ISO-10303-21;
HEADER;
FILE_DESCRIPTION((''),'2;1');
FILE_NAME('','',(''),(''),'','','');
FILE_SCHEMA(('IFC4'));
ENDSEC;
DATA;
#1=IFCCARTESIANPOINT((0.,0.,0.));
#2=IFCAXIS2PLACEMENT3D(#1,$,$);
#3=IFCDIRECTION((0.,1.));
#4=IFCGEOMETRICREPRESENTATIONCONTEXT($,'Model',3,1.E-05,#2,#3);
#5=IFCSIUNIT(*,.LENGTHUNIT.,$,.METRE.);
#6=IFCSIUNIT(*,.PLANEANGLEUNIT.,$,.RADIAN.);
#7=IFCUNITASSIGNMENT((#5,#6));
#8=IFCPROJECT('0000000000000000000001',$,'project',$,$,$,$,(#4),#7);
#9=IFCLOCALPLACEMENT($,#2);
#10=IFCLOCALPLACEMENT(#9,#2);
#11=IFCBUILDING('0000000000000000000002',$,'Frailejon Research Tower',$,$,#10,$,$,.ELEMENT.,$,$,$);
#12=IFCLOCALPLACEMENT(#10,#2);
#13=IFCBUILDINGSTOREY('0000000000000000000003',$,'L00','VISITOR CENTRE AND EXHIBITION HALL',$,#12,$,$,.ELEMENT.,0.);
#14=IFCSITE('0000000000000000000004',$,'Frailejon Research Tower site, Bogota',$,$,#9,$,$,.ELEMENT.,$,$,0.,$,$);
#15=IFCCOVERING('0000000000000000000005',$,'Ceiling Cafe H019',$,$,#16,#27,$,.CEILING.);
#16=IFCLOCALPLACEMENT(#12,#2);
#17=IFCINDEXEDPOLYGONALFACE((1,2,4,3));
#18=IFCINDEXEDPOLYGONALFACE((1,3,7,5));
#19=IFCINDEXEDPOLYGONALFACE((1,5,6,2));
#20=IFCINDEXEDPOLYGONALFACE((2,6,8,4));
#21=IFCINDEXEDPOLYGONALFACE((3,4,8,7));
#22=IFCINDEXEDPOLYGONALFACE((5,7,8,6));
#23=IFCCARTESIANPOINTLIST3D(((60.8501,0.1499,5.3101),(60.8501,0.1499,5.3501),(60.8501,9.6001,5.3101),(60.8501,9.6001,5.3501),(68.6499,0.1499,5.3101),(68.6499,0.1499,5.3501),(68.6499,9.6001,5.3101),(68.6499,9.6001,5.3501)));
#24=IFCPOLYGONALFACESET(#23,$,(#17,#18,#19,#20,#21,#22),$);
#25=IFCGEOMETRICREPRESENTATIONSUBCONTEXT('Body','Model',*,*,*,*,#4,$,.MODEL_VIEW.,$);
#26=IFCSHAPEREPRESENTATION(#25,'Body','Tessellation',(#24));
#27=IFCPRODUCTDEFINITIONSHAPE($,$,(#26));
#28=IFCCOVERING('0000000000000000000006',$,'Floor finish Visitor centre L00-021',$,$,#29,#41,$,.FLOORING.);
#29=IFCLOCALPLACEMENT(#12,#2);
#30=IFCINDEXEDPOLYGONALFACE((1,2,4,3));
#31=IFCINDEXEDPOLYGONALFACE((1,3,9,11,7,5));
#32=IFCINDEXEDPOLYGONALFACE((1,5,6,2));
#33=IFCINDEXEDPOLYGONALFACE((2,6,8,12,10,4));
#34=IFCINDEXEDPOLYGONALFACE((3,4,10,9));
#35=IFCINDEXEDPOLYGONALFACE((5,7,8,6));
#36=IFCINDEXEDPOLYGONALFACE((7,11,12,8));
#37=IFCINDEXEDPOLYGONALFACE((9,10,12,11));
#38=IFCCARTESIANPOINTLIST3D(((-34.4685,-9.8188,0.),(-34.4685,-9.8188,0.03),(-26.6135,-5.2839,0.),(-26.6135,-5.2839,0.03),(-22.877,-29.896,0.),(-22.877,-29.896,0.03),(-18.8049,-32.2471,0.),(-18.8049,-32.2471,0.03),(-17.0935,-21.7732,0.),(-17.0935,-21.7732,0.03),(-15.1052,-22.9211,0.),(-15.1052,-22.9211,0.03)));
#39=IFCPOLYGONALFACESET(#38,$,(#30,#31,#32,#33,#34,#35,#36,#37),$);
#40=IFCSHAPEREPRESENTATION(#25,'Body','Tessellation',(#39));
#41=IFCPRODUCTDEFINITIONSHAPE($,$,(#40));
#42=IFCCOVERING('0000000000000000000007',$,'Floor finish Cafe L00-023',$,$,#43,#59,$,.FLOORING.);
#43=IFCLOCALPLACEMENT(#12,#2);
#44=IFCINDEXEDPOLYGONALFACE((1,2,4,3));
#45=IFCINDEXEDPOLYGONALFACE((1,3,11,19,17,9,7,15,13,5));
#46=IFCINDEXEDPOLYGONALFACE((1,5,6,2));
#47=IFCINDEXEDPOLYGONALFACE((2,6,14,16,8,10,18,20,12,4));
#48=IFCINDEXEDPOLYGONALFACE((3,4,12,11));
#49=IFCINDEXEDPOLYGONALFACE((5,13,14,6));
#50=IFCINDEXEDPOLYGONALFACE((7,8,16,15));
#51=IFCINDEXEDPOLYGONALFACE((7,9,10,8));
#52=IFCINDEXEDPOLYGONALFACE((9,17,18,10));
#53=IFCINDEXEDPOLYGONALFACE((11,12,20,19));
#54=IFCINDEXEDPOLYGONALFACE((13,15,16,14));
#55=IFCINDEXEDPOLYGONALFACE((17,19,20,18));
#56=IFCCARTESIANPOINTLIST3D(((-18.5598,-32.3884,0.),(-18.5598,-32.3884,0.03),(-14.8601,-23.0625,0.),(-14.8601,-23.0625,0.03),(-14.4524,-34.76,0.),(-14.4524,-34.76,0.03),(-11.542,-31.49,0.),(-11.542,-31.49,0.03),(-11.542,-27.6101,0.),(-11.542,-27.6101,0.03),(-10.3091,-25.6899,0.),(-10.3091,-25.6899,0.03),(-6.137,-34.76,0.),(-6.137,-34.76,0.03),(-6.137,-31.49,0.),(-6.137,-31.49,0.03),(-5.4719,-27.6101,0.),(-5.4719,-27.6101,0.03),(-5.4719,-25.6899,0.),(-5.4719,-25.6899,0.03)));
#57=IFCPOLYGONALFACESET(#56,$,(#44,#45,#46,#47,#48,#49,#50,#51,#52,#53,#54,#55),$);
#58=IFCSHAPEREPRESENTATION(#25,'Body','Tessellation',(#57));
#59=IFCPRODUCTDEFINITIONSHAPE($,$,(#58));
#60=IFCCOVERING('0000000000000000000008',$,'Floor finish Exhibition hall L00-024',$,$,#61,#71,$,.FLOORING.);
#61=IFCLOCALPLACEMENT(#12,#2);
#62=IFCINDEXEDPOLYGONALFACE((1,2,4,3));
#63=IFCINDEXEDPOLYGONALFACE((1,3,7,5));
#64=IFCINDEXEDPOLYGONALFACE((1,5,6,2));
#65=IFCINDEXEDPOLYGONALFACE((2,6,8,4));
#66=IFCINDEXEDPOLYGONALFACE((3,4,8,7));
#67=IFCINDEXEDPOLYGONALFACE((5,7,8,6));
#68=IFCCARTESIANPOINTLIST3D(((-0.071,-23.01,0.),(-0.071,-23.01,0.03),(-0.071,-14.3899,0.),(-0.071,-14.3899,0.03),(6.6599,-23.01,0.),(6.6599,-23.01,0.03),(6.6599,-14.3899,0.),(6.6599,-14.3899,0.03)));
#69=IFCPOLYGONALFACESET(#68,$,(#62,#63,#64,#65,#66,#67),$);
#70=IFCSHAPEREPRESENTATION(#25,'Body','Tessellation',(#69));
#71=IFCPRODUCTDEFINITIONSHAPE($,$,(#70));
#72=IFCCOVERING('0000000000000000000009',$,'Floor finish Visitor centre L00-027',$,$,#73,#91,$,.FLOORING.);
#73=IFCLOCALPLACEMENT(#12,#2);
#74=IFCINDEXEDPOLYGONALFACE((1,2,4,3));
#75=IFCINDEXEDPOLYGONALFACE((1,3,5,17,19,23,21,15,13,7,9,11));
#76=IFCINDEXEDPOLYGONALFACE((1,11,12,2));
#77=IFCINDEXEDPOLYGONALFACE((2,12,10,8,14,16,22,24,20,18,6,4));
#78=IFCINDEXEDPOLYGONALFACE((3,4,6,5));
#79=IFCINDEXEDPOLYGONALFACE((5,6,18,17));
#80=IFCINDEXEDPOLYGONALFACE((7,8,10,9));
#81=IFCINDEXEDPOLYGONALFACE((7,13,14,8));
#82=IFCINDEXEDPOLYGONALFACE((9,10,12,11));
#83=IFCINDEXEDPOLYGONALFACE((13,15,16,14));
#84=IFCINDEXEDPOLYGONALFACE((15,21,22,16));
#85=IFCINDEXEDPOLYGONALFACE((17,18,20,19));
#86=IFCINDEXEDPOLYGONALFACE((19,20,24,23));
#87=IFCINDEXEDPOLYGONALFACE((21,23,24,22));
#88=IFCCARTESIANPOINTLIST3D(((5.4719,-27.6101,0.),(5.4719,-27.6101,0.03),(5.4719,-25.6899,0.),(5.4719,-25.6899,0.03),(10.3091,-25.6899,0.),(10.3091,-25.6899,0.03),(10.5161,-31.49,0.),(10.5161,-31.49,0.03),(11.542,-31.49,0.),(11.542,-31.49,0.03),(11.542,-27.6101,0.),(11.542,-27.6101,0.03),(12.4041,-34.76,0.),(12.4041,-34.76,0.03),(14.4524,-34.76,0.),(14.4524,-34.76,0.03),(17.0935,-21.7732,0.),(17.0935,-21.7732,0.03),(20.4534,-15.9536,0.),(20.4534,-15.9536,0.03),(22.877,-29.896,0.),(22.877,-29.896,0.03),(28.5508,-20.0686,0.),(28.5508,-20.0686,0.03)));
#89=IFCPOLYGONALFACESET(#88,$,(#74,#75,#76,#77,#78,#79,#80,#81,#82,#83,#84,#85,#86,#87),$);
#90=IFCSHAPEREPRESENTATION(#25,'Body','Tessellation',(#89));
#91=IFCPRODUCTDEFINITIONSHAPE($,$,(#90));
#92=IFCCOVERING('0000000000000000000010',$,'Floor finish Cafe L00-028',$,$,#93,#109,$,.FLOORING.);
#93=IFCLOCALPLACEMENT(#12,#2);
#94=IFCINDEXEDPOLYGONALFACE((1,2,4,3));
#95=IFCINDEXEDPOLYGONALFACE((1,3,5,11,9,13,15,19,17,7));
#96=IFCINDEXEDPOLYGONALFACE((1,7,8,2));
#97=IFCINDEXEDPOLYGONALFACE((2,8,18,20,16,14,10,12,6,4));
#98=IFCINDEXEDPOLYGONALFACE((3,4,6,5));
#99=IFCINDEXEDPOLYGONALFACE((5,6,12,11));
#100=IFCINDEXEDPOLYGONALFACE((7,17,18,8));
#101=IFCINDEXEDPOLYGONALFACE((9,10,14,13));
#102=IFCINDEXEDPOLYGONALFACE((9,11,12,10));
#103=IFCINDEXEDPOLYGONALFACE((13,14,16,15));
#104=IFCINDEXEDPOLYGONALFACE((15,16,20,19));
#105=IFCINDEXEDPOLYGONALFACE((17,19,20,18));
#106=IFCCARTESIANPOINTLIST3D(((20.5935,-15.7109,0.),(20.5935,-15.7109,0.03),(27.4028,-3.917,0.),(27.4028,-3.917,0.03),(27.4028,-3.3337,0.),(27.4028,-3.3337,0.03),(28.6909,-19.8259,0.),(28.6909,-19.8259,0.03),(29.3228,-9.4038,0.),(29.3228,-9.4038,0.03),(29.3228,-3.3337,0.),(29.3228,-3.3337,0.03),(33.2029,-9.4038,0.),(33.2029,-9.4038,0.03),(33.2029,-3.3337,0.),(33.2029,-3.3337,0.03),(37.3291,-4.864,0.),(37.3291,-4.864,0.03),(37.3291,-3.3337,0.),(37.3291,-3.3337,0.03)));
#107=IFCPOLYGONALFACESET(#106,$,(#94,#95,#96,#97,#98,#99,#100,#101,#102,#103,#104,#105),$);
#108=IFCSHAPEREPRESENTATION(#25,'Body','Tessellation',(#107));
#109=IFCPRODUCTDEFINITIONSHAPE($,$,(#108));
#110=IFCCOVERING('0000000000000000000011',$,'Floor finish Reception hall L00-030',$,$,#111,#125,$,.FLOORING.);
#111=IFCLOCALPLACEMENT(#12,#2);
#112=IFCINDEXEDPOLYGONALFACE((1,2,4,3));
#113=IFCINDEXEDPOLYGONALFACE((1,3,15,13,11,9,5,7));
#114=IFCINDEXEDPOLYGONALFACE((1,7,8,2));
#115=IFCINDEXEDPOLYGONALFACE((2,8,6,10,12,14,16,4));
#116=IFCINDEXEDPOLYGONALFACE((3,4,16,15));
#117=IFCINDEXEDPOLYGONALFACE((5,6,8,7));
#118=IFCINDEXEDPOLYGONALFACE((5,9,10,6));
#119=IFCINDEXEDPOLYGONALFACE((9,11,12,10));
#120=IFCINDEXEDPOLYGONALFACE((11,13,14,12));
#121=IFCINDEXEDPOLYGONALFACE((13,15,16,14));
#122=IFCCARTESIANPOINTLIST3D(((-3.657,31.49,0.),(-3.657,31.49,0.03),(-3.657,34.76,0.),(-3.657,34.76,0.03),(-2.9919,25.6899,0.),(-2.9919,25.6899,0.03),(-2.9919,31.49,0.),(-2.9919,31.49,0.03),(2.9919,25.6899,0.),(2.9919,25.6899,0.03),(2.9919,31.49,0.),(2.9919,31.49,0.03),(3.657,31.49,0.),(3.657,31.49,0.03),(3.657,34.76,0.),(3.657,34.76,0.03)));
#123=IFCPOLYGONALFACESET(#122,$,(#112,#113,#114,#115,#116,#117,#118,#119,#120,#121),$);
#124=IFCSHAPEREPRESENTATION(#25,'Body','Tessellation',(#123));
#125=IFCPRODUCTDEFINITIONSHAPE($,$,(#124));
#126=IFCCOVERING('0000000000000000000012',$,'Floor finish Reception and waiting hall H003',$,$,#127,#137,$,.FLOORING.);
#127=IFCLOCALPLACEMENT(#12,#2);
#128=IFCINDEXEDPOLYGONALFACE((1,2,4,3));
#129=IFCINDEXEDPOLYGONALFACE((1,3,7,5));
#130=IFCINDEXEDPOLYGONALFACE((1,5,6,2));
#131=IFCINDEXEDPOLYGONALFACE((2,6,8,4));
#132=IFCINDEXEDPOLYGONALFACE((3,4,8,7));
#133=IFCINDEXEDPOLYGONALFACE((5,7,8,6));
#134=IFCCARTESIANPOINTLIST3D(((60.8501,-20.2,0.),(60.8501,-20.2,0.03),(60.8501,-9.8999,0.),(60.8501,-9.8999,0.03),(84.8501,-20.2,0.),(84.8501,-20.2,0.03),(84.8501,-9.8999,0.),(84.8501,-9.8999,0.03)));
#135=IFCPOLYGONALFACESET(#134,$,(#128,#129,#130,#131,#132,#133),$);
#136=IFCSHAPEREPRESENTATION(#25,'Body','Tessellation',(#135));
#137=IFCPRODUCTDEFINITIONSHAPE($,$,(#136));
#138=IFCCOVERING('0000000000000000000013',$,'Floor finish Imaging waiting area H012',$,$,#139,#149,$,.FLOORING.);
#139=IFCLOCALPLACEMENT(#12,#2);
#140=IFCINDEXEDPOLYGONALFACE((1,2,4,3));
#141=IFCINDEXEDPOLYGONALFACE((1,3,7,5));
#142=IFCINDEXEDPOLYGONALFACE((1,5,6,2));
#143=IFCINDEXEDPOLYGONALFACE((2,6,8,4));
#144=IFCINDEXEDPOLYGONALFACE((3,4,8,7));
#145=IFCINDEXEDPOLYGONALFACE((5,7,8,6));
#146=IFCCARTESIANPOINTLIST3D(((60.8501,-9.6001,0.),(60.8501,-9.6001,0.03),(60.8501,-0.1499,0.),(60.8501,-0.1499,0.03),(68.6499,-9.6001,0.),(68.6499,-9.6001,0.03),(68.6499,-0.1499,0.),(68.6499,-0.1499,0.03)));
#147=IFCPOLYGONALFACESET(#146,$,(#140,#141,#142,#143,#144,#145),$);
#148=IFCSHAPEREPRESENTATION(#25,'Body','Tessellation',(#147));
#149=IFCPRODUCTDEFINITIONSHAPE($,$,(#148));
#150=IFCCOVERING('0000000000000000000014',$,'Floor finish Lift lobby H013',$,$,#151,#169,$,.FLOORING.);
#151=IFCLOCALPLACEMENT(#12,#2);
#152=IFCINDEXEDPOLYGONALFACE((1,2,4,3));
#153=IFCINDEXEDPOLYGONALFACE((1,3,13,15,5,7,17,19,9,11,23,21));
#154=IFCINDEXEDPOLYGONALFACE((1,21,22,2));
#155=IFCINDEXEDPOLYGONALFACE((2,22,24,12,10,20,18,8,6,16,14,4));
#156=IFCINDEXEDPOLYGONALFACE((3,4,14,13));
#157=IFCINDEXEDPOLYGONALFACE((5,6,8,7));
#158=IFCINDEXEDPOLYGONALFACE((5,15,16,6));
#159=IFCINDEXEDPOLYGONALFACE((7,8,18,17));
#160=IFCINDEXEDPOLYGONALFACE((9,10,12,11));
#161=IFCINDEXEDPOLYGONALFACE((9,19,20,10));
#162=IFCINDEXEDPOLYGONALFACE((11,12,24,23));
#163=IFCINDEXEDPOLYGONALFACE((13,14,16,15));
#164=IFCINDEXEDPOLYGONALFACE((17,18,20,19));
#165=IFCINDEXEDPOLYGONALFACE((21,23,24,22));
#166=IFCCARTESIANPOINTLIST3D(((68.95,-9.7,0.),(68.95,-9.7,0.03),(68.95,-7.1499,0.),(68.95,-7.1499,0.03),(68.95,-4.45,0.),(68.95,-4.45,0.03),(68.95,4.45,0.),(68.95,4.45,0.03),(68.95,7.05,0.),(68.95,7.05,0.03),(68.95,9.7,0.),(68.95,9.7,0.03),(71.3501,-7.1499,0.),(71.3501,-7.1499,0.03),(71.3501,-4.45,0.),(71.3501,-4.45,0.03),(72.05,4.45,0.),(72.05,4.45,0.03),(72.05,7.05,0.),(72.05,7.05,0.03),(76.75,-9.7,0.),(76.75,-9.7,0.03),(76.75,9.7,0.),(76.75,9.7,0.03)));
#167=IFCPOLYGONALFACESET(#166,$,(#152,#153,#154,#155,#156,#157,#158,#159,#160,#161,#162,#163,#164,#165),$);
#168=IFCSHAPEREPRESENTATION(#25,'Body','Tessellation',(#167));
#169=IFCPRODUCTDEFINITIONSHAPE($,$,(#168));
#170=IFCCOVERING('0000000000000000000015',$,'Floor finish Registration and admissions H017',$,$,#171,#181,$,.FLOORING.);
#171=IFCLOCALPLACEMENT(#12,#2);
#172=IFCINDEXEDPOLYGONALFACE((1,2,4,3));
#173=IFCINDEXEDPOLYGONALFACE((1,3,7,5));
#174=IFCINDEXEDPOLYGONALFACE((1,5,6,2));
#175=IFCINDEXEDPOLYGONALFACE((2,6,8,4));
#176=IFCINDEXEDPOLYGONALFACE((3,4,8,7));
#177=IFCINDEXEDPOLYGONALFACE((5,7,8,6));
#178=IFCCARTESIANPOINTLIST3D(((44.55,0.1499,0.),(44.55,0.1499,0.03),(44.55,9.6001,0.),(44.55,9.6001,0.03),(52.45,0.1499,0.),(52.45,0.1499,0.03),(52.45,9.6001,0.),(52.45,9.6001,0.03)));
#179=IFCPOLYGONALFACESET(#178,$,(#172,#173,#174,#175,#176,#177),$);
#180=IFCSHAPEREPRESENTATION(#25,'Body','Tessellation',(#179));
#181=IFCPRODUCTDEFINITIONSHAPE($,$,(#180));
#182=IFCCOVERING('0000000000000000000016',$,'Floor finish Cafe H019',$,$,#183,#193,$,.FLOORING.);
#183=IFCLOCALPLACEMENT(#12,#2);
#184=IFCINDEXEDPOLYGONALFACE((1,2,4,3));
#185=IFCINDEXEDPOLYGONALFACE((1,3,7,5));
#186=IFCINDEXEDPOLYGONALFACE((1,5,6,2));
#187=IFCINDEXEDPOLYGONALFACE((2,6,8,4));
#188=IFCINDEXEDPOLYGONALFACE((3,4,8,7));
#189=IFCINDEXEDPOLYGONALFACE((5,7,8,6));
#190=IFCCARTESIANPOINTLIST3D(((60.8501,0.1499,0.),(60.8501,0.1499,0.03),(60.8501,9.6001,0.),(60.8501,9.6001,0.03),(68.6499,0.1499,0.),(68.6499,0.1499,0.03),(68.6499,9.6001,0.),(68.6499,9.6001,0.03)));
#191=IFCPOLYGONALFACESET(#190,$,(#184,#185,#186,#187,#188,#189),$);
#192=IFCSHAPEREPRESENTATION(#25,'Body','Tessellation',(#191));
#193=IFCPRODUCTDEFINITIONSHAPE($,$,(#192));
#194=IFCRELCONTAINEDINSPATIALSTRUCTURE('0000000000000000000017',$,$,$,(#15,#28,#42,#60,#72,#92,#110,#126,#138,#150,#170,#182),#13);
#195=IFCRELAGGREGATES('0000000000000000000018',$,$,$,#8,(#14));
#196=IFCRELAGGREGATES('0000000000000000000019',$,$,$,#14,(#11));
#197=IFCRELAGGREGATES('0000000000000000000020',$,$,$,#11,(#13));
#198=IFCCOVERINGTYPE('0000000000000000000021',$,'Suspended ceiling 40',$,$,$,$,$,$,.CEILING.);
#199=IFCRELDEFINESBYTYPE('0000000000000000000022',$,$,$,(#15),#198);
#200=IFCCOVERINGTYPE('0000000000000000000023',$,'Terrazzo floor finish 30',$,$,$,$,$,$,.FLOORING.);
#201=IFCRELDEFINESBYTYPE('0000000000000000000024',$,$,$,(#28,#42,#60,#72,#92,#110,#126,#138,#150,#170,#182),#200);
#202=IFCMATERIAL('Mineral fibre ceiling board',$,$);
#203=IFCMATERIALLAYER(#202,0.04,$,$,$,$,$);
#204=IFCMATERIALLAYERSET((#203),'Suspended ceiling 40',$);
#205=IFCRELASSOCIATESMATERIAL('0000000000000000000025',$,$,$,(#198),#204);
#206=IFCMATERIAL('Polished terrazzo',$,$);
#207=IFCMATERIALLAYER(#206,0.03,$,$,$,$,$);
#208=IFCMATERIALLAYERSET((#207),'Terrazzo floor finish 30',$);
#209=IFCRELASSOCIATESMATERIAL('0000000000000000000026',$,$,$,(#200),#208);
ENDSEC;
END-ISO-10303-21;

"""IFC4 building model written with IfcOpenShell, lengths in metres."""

from ifc_helpers import new_model, si_unit, direction, frame, origin, place, context, subcontext, project, spatial, polyline, outline, extrude, material, layer, layer_set, type_object, element, save


model = new_model("IFC4")

# Units and contexts
model_context = context("Model", 3, precision=1e-05, world=origin(), true_north=direction((0.0, 1.0)))
body_context = subcontext(model_context, "Body", "Model", "MODEL_VIEW")
ifc_project = project(units=[si_unit("LENGTHUNIT", "METRE"), si_unit("PLANEANGLEUNIT", "RADIAN")], contexts=[model_context])

# Site, building, storey
site_placement = place(None, origin())
site = spatial("IfcSite", under=ifc_project, at=site_placement, Name="Frailejon Research Tower site, Bogota", CompositionType="ELEMENT", RefElevation=0.0)
building_placement = place(site_placement, origin())
building = spatial("IfcBuilding", under=site, at=building_placement, Name="Frailejon Research Tower", CompositionType="ELEMENT")
storey_placement = place(building_placement, origin())
storey = spatial("IfcBuildingStorey", under=building, at=storey_placement, Name="L00", Description="VISITOR CENTRE AND EXHIBITION HALL", CompositionType="ELEMENT", Elevation=0.0)

# Coverings
ifc_material_1 = material(Name="Mineral fibre ceiling board")
ifc_layer_1 = layer(ifc_material_1, 0.04)
ifc_layer_set_1 = layer_set([ifc_layer_1], Name="Suspended ceiling 40")
covering_type_1 = type_object("IfcCoveringType", Name="Suspended ceiling 40", PredefinedType="CEILING", material=ifc_layer_set_1)
covering_1_placement = place(storey_placement, frame((0.0, 0.0, 5.3101)))
element("IfcCovering", 1, at=covering_1_placement, inside=storey, type_object=covering_type_1, Name="Ceiling Cafe H019", PredefinedType="CEILING", context=body_context, shape_type="SweptSolid", body=[
    extrude(outline(polyline([(68.6499, 9.6001), (60.8501, 9.6001), (60.8501, 0.1499), (68.6499, 0.1499), (68.6499, 9.6001)])), origin(), (0.0, 0.0, 1.0), 0.04),
])
ifc_material_2 = material(Name="Polished terrazzo")
ifc_layer_2 = layer(ifc_material_2, 0.03)
ifc_layer_set_2 = layer_set([ifc_layer_2], Name="Terrazzo floor finish 30")
covering_type_2 = type_object("IfcCoveringType", Name="Terrazzo floor finish 30", PredefinedType="FLOORING", material=ifc_layer_set_2)
covering_2_placement = place(storey_placement, origin())
element("IfcCovering", 2, at=covering_2_placement, inside=storey, type_object=covering_type_2, Name="Floor finish Visitor centre L00-021", PredefinedType="FLOORING", context=body_context, shape_type="SweptSolid", body=[
    extrude(outline(polyline([(-15.1052, -22.9211), (-17.0935, -21.7732), (-26.6135, -5.2839), (-34.4685, -9.8188), (-22.877, -29.896), (-18.8049, -32.2471), (-15.1052, -22.9211)])), origin(), (0.0, 0.0, 1.0), 0.03),
])
covering_3_placement = place(storey_placement, origin())
element("IfcCovering", 3, at=covering_3_placement, inside=storey, type_object=covering_type_2, Name="Floor finish Cafe L00-023", PredefinedType="FLOORING", context=body_context, shape_type="SweptSolid", body=[
    extrude(outline(polyline([(-10.3091, -25.6899), (-14.8601, -23.0625), (-18.5598, -32.3884), (-14.4524, -34.76), (-6.137, -34.76), (-6.137, -31.49), (-11.542, -31.49), (-11.542, -27.6101), (-5.4719, -27.6101), (-5.4719, -25.6899), (-10.3091, -25.6899)])), origin(), (0.0, 0.0, 1.0), 0.03),
])
covering_4_placement = place(storey_placement, origin())
element("IfcCovering", 4, at=covering_4_placement, inside=storey, type_object=covering_type_2, Name="Floor finish Exhibition hall L00-024", PredefinedType="FLOORING", context=body_context, shape_type="SweptSolid", body=[
    extrude(outline(polyline([(-0.071, -23.01), (6.6599, -23.01), (6.6599, -14.3899), (-0.071, -14.3899), (-0.071, -23.01)])), origin(), (0.0, 0.0, 1.0), 0.03),
])
covering_5_placement = place(storey_placement, origin())
element("IfcCovering", 5, at=covering_5_placement, inside=storey, type_object=covering_type_2, Name="Floor finish Visitor centre L00-027", PredefinedType="FLOORING", context=body_context, shape_type="SweptSolid", body=[
    extrude(outline(polyline([(11.542, -27.6101), (11.542, -31.49), (10.5161, -31.49), (12.4041, -34.76), (14.4524, -34.76), (22.877, -29.896), (28.5508, -20.0686), (20.4534, -15.9536), (17.0935, -21.7732), (10.3091, -25.6899), (5.4719, -25.6899), (5.4719, -27.6101), (11.542, -27.6101)])), origin(), (0.0, 0.0, 1.0), 0.03),
])
covering_6_placement = place(storey_placement, origin())
element("IfcCovering", 6, at=covering_6_placement, inside=storey, type_object=covering_type_2, Name="Floor finish Cafe L00-028", PredefinedType="FLOORING", context=body_context, shape_type="SweptSolid", body=[
    extrude(outline(polyline([(27.4028, -3.917), (20.5935, -15.7109), (28.6909, -19.8259), (37.3291, -4.864), (37.3291, -3.3337), (33.2029, -3.3337), (33.2029, -9.4038), (29.3228, -9.4038), (29.3228, -3.3337), (27.4028, -3.3337), (27.4028, -3.917)])), origin(), (0.0, 0.0, 1.0), 0.03),
])
covering_7_placement = place(storey_placement, origin())
element("IfcCovering", 7, at=covering_7_placement, inside=storey, type_object=covering_type_2, Name="Floor finish Reception hall L00-030", PredefinedType="FLOORING", context=body_context, shape_type="SweptSolid", body=[
    extrude(outline(polyline([(-2.9919, 25.6899), (2.9919, 25.6899), (2.9919, 31.49), (3.657, 31.49), (3.657, 34.76), (-3.657, 34.76), (-3.657, 31.49), (-2.9919, 31.49), (-2.9919, 25.6899)])), origin(), (0.0, 0.0, 1.0), 0.03),
])
covering_8_placement = place(storey_placement, origin())
element("IfcCovering", 8, at=covering_8_placement, inside=storey, type_object=covering_type_2, Name="Floor finish Reception and waiting hall H003", PredefinedType="FLOORING", context=body_context, shape_type="SweptSolid", body=[
    extrude(outline(polyline([(84.8501, -9.8999), (60.8501, -9.8999), (60.8501, -20.2), (84.8501, -20.2), (84.8501, -9.8999)])), origin(), (0.0, 0.0, 1.0), 0.03),
])
covering_9_placement = place(storey_placement, origin())
element("IfcCovering", 9, at=covering_9_placement, inside=storey, type_object=covering_type_2, Name="Floor finish Imaging waiting area H012", PredefinedType="FLOORING", context=body_context, shape_type="SweptSolid", body=[
    extrude(outline(polyline([(68.6499, -0.1499), (60.8501, -0.1499), (60.8501, -9.6001), (68.6499, -9.6001), (68.6499, -0.1499)])), origin(), (0.0, 0.0, 1.0), 0.03),
])
covering_10_placement = place(storey_placement, origin())
element("IfcCovering", 10, at=covering_10_placement, inside=storey, type_object=covering_type_2, Name="Floor finish Lift lobby H013", PredefinedType="FLOORING", context=body_context, shape_type="SweptSolid", body=[
    extrude(outline(polyline([(68.95, 7.05), (72.05, 7.05), (72.05, 4.45), (68.95, 4.45), (68.95, -4.45), (71.3501, -4.45), (71.3501, -7.1499), (68.95, -7.1499), (68.95, -9.7), (76.75, -9.7), (76.75, 9.7), (68.95, 9.7), (68.95, 7.05)])), origin(), (0.0, 0.0, 1.0), 0.03),
])
covering_11_placement = place(storey_placement, origin())
element("IfcCovering", 11, at=covering_11_placement, inside=storey, type_object=covering_type_2, Name="Floor finish Registration and admissions H017", PredefinedType="FLOORING", context=body_context, shape_type="SweptSolid", body=[
    extrude(outline(polyline([(52.45, 9.6001), (44.55, 9.6001), (44.55, 0.1499), (52.45, 0.1499), (52.45, 9.6001)])), origin(), (0.0, 0.0, 1.0), 0.03),
])
covering_12_placement = place(storey_placement, origin())
element("IfcCovering", 12, at=covering_12_placement, inside=storey, type_object=covering_type_2, Name="Floor finish Cafe H019", PredefinedType="FLOORING", context=body_context, shape_type="SweptSolid", body=[
    extrude(outline(polyline([(68.6499, 9.6001), (60.8501, 9.6001), (60.8501, 0.1499), (68.6499, 0.1499), (68.6499, 9.6001)])), origin(), (0.0, 0.0, 1.0), 0.03),
])

save(model, "model.ifc")
